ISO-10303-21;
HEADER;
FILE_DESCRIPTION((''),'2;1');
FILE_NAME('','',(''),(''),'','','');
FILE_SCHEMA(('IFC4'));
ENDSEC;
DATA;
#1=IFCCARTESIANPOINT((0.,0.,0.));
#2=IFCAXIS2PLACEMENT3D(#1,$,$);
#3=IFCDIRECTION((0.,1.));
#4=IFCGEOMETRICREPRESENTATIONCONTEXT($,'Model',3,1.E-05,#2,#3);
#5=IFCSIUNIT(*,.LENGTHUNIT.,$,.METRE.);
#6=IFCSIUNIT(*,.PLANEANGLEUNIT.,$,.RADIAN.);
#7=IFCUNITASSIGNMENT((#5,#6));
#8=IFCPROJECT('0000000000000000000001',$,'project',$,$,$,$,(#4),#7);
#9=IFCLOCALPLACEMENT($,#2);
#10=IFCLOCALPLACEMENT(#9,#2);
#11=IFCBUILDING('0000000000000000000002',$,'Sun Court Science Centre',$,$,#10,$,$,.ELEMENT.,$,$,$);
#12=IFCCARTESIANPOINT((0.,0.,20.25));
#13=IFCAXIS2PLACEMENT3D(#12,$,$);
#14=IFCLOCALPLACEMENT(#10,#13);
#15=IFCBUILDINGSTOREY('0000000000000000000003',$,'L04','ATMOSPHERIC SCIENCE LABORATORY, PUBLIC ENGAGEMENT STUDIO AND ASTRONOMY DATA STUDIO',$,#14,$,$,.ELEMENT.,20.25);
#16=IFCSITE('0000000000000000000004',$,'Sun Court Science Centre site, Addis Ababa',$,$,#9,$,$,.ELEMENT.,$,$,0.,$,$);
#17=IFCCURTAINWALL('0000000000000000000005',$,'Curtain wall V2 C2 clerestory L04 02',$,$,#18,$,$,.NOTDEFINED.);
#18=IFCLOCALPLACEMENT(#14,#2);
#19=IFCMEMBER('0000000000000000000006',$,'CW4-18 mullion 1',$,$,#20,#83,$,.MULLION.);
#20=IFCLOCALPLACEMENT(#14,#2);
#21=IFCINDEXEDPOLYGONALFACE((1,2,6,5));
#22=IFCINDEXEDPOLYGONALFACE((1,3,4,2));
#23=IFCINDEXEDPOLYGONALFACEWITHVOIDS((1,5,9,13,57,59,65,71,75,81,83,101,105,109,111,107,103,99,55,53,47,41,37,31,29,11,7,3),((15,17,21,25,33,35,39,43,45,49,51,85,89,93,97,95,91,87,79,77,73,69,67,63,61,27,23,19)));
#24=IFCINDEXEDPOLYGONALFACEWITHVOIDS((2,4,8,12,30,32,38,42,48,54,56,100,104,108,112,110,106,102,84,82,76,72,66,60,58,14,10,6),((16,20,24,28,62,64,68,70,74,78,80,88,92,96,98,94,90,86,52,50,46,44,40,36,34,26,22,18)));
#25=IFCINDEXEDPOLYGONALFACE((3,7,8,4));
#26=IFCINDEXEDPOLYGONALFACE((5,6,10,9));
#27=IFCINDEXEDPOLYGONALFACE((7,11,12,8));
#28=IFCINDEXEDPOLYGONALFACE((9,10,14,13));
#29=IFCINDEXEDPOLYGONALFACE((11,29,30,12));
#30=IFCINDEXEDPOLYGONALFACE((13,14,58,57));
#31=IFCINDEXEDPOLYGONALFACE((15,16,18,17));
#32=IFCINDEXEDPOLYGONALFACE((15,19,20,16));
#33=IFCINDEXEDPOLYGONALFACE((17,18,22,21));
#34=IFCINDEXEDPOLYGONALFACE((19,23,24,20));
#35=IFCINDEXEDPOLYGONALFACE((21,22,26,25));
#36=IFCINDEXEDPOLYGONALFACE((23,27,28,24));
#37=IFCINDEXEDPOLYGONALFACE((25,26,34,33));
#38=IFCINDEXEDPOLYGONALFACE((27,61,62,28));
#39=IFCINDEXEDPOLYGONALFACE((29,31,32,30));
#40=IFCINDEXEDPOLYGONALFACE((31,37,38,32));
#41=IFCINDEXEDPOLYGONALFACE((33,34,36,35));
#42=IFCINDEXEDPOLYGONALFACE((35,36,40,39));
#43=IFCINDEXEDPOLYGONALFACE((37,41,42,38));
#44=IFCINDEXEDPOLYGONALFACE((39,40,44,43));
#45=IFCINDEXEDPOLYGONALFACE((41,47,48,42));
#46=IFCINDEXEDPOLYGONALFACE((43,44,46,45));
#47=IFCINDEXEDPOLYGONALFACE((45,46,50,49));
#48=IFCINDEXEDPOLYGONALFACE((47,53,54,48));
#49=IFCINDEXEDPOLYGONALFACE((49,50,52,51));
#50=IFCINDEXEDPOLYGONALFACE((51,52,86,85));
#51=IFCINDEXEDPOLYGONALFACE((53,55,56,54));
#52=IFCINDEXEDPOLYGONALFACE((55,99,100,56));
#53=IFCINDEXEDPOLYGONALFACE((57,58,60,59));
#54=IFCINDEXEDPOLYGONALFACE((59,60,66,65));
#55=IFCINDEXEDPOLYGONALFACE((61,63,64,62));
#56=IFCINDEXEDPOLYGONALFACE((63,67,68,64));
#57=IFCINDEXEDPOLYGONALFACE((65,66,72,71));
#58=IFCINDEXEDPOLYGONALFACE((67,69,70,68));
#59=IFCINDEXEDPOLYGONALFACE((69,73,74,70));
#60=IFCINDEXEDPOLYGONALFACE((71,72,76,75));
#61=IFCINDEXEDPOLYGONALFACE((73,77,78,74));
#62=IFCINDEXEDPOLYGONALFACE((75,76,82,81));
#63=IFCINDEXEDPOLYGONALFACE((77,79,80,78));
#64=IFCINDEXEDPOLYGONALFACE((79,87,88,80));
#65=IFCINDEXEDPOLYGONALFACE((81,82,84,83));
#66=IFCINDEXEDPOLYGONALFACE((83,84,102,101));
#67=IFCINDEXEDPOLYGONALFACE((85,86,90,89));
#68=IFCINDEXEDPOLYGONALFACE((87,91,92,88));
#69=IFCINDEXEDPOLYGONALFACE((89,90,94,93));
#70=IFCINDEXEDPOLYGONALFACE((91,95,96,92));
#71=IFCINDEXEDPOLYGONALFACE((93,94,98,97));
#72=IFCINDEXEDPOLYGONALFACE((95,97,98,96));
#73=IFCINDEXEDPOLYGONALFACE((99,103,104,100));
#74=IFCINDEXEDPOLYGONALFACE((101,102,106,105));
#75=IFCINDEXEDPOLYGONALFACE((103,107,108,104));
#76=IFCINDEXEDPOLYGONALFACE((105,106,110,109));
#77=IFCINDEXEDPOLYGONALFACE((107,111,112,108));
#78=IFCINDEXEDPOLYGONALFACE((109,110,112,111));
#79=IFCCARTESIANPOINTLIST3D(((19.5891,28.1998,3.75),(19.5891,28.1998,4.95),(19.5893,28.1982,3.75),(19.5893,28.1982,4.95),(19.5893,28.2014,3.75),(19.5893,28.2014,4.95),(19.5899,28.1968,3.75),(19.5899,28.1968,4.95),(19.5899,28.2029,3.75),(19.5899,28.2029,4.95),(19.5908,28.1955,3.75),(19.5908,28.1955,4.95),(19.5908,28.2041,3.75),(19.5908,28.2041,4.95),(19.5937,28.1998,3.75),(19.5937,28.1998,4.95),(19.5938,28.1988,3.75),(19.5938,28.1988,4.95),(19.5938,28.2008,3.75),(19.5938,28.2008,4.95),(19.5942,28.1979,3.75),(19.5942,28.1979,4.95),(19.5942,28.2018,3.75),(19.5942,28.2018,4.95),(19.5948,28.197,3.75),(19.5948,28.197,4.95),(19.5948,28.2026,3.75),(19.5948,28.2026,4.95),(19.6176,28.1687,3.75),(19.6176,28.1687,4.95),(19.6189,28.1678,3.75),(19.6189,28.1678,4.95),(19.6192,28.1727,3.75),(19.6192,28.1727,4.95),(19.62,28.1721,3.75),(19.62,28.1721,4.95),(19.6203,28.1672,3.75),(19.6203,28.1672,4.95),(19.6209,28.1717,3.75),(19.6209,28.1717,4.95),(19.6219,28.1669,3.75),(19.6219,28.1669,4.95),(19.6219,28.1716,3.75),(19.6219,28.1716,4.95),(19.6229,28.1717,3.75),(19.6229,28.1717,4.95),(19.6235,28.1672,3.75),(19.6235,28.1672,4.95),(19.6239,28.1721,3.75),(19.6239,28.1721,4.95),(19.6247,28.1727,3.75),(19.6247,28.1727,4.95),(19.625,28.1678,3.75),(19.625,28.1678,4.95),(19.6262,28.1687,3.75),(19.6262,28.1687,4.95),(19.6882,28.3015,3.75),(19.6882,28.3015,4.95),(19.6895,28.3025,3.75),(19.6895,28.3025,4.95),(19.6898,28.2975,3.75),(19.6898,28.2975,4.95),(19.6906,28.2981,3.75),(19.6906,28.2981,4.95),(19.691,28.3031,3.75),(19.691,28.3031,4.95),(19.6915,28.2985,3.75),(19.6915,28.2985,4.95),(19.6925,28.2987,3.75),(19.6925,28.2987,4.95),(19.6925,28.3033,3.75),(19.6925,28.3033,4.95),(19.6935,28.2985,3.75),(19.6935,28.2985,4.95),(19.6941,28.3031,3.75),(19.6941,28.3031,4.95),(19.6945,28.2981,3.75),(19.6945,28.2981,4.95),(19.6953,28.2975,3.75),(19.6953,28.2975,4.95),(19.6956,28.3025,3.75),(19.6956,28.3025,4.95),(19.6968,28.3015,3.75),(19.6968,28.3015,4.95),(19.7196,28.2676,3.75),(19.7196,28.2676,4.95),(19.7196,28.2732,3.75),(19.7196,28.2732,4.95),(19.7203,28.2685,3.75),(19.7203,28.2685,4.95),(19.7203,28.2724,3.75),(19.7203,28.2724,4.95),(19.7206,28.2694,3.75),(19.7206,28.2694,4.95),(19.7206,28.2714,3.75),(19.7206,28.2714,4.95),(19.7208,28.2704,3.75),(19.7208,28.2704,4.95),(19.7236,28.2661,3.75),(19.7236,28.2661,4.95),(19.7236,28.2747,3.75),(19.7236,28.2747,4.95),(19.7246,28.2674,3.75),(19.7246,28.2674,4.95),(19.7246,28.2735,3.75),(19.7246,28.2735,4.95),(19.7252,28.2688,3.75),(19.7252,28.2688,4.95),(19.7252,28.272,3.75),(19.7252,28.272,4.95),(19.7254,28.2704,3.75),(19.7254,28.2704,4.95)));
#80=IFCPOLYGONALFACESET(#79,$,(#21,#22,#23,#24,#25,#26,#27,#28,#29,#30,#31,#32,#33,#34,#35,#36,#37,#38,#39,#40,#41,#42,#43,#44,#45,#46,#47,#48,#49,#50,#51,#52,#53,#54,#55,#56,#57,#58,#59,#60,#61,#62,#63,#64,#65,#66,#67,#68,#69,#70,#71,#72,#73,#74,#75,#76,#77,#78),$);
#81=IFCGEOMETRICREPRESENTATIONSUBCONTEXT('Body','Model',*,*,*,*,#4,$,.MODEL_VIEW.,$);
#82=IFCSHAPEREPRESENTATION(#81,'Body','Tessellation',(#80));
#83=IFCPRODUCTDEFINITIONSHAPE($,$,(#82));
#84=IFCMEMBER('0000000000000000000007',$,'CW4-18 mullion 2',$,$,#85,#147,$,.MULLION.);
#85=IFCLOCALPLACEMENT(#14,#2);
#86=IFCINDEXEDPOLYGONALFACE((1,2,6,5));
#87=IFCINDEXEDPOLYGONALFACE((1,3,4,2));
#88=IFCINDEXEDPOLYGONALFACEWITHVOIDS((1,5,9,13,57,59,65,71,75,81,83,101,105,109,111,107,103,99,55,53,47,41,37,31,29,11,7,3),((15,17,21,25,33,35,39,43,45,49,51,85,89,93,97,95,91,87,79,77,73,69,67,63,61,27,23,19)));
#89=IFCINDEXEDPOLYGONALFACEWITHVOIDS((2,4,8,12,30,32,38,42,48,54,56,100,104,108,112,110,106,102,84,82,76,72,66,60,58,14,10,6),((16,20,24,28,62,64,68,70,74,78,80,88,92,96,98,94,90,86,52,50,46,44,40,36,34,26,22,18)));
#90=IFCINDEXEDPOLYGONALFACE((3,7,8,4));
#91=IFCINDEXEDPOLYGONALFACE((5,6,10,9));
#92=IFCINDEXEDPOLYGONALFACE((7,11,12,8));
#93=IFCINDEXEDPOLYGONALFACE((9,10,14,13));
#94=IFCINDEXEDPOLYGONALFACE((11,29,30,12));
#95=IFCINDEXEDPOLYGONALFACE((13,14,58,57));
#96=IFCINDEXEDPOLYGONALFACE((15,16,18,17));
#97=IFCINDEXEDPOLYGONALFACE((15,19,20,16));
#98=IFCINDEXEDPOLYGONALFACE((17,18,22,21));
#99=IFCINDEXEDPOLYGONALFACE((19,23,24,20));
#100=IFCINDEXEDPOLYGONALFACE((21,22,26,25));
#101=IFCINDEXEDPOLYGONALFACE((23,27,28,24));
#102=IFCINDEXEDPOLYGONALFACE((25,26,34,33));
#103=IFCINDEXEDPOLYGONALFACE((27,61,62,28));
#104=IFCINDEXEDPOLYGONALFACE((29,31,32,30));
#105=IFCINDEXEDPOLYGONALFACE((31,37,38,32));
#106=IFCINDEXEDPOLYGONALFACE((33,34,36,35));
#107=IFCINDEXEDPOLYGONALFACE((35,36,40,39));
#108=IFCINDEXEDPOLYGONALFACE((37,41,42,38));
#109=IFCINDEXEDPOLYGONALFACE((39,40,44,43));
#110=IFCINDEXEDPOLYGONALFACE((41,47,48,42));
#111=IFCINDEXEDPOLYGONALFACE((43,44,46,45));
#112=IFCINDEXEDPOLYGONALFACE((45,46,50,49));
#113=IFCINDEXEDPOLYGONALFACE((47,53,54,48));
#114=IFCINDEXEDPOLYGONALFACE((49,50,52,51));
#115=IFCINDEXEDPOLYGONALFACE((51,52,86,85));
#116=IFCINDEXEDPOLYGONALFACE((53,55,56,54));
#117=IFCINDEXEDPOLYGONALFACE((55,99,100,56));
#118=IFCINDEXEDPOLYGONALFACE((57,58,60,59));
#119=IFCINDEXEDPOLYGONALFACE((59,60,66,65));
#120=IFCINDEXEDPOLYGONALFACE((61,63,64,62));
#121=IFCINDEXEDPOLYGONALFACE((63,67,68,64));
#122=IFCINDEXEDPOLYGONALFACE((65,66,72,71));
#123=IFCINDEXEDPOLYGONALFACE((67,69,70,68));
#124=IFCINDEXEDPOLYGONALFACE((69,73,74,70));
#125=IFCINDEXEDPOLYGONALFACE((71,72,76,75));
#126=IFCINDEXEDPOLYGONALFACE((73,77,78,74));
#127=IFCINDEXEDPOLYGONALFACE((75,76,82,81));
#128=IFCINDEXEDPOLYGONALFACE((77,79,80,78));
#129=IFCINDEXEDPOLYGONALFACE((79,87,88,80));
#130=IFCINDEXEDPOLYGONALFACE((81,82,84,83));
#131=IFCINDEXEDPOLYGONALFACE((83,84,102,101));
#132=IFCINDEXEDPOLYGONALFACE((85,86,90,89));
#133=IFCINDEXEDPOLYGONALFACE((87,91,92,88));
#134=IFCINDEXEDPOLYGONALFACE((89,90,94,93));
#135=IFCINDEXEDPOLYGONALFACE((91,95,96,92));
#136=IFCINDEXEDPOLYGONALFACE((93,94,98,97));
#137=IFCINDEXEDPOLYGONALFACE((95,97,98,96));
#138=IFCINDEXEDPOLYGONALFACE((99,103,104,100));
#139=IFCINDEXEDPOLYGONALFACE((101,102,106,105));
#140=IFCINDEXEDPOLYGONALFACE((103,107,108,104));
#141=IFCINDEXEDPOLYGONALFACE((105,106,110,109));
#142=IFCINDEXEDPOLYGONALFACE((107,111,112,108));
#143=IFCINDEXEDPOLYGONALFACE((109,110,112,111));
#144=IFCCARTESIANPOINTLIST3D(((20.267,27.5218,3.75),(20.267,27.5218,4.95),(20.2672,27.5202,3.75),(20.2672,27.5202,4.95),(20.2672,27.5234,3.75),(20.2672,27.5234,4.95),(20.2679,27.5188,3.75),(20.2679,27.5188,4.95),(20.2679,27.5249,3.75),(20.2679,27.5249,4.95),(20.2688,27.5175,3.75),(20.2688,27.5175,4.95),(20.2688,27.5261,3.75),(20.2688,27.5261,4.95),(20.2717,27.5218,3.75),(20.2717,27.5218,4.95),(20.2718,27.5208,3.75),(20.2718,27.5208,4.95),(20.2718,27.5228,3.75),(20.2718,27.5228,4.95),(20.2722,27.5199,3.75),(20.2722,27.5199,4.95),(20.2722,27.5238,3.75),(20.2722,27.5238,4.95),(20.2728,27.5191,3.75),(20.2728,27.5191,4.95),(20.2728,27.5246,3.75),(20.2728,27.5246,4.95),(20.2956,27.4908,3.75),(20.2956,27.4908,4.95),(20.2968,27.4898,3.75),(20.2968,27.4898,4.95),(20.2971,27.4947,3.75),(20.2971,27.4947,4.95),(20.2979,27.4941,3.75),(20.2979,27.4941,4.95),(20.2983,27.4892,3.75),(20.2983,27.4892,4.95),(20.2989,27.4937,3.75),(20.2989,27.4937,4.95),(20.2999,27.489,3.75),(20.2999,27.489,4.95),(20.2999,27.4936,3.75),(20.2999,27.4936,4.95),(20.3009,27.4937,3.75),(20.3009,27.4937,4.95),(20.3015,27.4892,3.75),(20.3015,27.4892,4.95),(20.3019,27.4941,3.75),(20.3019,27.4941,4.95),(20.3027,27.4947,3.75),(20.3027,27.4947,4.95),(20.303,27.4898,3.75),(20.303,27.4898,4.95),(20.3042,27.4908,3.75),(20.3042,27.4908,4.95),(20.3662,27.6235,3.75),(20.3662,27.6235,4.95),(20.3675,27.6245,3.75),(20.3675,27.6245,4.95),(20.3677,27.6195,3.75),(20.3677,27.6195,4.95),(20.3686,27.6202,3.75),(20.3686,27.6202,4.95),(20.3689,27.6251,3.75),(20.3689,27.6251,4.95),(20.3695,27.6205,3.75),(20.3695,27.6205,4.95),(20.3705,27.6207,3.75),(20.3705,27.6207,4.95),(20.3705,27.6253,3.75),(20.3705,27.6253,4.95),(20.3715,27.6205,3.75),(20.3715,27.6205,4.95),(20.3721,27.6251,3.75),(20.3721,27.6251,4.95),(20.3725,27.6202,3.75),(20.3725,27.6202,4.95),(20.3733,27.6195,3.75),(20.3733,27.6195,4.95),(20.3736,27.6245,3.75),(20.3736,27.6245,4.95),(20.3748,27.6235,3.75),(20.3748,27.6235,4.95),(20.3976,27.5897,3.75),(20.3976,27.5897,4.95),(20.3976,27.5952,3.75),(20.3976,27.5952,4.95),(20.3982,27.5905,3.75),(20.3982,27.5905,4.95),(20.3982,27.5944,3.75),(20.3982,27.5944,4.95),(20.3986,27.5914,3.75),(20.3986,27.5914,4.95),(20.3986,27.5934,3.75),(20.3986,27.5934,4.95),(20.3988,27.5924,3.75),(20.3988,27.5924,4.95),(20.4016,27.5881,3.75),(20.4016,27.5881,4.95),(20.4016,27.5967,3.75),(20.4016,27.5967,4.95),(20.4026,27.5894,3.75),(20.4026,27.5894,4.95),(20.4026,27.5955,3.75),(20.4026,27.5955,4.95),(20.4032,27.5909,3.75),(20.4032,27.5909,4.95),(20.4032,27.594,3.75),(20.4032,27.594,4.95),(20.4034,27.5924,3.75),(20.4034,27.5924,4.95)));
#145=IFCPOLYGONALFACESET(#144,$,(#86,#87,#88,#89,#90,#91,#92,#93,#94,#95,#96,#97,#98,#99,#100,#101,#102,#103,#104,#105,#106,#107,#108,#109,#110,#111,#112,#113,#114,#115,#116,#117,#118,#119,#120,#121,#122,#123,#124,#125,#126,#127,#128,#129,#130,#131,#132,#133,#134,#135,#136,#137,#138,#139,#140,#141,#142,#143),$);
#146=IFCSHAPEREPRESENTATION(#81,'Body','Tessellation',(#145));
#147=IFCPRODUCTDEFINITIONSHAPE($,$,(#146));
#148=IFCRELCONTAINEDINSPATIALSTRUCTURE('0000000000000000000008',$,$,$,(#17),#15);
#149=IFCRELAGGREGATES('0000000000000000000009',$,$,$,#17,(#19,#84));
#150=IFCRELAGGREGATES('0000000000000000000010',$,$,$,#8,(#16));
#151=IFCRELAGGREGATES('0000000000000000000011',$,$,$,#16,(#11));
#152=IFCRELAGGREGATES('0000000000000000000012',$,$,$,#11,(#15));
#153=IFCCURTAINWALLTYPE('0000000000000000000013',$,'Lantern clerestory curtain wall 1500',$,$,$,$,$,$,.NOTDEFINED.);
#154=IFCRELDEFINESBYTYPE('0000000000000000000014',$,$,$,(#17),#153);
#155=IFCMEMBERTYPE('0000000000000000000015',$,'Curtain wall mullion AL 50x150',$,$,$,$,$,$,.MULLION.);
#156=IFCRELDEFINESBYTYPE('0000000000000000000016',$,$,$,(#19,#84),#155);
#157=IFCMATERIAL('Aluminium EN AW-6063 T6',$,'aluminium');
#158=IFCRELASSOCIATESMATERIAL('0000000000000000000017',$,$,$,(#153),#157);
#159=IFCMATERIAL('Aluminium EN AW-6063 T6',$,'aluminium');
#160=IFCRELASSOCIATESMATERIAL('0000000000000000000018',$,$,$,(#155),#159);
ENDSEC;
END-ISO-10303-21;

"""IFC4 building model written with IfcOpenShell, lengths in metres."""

from ifc_helpers import new_model, si_unit, direction, frame, origin, origin_2d, place, context, subcontext, project, spatial, hollow_rectangle, extrude, material, material_profile, profile_set, type_object, element, aggregate, save


model = new_model("IFC4")

# Units and contexts
model_context = context("Model", 3, precision=1e-05, world=origin(), true_north=direction((0.0, 1.0)))
body_context = subcontext(model_context, "Body", "Model", "MODEL_VIEW")
ifc_project = project(units=[si_unit("LENGTHUNIT", "METRE"), si_unit("PLANEANGLEUNIT", "RADIAN")], contexts=[model_context])

# Site, building, storey
site_placement = place(None, origin())
site = spatial("IfcSite", under=ifc_project, at=site_placement, Name="Sun Court Science Centre site, Addis Ababa", CompositionType="ELEMENT", RefElevation=0.0)
building_placement = place(site_placement, origin())
building = spatial("IfcBuilding", under=site, at=building_placement, Name="Sun Court Science Centre", CompositionType="ELEMENT")
storey_placement = place(building_placement, frame((0.0, 0.0, 20.25)))
storey = spatial("IfcBuildingStorey", under=building, at=storey_placement, Name="L04", Description="ATMOSPHERIC SCIENCE LABORATORY, PUBLIC ENGAGEMENT STUDIO AND ASTRONOMY DATA STUDIO", CompositionType="ELEMENT", Elevation=20.25)

# Curtain wall, members
ifc_material_1 = material(Name="Aluminium EN AW-6063 T6", Category="aluminium")
curtain_wall_type = type_object("IfcCurtainWallType", Name="Lantern clerestory curtain wall 1500", PredefinedType="NOTDEFINED", material=ifc_material_1)
ifc_material_2 = material(Name="Aluminium EN AW-6063 T6", Category="aluminium")
ifc_material_profile_1 = material_profile(ifc_material_2, hollow_rectangle(XDim=0.05, YDim=0.1499, WallThickness=0.0039, InnerFilletRadius=0.0039, OuterFilletRadius=0.0061, at=origin_2d()), Name="AL 50x150x4")
ifc_profile_set_1 = profile_set([ifc_material_profile_1], Name="Aluminium EN AW-6063 T6")
member_type_1 = type_object("IfcMemberType", Name="Curtain wall mullion AL 50x150", PredefinedType="MULLION", material=ifc_profile_set_1)
curtain_wall_1_placement = place(storey_placement, origin())
curtain_wall_1 = element("IfcCurtainWall", 1, at=curtain_wall_1_placement, inside=storey, type_object=curtain_wall_type, Name="Curtain wall V2 C2 clerestory L04 02", PredefinedType="NOTDEFINED")
member_1_placement = place(storey_placement, frame((19.6572, 28.2351, 3.75), z_axis=(0.0, 0.0, 1.0), x_axis=(0.707107, -0.707107, 0.0)))
member_1 = element("IfcMember", 2, at=member_1_placement, type_object=member_type_1, Name="CW4-18 mullion 1", PredefinedType="MULLION", context=body_context, shape_type="SweptSolid", body=[
    extrude(hollow_rectangle(XDim=0.05, YDim=0.1499, WallThickness=0.0039, InnerFilletRadius=0.0039, OuterFilletRadius=0.0061, at=origin_2d()), origin(), (0.0, 0.0, 1.0), 1.2),
])
member_2_placement = place(storey_placement, frame((20.3352, 27.5571, 3.75), z_axis=(0.0, 0.0, 1.0), x_axis=(0.707107, -0.707107, 0.0)))
member_2 = element("IfcMember", 3, at=member_2_placement, type_object=member_type_1, Name="CW4-18 mullion 2", PredefinedType="MULLION", context=body_context, shape_type="SweptSolid", body=[
    extrude(hollow_rectangle(XDim=0.05, YDim=0.1499, WallThickness=0.0039, InnerFilletRadius=0.0039, OuterFilletRadius=0.0061, at=origin_2d()), origin(), (0.0, 0.0, 1.0), 1.2),
])
aggregate(curtain_wall_1, [member_1, member_2])

save(model, "model.ifc")
